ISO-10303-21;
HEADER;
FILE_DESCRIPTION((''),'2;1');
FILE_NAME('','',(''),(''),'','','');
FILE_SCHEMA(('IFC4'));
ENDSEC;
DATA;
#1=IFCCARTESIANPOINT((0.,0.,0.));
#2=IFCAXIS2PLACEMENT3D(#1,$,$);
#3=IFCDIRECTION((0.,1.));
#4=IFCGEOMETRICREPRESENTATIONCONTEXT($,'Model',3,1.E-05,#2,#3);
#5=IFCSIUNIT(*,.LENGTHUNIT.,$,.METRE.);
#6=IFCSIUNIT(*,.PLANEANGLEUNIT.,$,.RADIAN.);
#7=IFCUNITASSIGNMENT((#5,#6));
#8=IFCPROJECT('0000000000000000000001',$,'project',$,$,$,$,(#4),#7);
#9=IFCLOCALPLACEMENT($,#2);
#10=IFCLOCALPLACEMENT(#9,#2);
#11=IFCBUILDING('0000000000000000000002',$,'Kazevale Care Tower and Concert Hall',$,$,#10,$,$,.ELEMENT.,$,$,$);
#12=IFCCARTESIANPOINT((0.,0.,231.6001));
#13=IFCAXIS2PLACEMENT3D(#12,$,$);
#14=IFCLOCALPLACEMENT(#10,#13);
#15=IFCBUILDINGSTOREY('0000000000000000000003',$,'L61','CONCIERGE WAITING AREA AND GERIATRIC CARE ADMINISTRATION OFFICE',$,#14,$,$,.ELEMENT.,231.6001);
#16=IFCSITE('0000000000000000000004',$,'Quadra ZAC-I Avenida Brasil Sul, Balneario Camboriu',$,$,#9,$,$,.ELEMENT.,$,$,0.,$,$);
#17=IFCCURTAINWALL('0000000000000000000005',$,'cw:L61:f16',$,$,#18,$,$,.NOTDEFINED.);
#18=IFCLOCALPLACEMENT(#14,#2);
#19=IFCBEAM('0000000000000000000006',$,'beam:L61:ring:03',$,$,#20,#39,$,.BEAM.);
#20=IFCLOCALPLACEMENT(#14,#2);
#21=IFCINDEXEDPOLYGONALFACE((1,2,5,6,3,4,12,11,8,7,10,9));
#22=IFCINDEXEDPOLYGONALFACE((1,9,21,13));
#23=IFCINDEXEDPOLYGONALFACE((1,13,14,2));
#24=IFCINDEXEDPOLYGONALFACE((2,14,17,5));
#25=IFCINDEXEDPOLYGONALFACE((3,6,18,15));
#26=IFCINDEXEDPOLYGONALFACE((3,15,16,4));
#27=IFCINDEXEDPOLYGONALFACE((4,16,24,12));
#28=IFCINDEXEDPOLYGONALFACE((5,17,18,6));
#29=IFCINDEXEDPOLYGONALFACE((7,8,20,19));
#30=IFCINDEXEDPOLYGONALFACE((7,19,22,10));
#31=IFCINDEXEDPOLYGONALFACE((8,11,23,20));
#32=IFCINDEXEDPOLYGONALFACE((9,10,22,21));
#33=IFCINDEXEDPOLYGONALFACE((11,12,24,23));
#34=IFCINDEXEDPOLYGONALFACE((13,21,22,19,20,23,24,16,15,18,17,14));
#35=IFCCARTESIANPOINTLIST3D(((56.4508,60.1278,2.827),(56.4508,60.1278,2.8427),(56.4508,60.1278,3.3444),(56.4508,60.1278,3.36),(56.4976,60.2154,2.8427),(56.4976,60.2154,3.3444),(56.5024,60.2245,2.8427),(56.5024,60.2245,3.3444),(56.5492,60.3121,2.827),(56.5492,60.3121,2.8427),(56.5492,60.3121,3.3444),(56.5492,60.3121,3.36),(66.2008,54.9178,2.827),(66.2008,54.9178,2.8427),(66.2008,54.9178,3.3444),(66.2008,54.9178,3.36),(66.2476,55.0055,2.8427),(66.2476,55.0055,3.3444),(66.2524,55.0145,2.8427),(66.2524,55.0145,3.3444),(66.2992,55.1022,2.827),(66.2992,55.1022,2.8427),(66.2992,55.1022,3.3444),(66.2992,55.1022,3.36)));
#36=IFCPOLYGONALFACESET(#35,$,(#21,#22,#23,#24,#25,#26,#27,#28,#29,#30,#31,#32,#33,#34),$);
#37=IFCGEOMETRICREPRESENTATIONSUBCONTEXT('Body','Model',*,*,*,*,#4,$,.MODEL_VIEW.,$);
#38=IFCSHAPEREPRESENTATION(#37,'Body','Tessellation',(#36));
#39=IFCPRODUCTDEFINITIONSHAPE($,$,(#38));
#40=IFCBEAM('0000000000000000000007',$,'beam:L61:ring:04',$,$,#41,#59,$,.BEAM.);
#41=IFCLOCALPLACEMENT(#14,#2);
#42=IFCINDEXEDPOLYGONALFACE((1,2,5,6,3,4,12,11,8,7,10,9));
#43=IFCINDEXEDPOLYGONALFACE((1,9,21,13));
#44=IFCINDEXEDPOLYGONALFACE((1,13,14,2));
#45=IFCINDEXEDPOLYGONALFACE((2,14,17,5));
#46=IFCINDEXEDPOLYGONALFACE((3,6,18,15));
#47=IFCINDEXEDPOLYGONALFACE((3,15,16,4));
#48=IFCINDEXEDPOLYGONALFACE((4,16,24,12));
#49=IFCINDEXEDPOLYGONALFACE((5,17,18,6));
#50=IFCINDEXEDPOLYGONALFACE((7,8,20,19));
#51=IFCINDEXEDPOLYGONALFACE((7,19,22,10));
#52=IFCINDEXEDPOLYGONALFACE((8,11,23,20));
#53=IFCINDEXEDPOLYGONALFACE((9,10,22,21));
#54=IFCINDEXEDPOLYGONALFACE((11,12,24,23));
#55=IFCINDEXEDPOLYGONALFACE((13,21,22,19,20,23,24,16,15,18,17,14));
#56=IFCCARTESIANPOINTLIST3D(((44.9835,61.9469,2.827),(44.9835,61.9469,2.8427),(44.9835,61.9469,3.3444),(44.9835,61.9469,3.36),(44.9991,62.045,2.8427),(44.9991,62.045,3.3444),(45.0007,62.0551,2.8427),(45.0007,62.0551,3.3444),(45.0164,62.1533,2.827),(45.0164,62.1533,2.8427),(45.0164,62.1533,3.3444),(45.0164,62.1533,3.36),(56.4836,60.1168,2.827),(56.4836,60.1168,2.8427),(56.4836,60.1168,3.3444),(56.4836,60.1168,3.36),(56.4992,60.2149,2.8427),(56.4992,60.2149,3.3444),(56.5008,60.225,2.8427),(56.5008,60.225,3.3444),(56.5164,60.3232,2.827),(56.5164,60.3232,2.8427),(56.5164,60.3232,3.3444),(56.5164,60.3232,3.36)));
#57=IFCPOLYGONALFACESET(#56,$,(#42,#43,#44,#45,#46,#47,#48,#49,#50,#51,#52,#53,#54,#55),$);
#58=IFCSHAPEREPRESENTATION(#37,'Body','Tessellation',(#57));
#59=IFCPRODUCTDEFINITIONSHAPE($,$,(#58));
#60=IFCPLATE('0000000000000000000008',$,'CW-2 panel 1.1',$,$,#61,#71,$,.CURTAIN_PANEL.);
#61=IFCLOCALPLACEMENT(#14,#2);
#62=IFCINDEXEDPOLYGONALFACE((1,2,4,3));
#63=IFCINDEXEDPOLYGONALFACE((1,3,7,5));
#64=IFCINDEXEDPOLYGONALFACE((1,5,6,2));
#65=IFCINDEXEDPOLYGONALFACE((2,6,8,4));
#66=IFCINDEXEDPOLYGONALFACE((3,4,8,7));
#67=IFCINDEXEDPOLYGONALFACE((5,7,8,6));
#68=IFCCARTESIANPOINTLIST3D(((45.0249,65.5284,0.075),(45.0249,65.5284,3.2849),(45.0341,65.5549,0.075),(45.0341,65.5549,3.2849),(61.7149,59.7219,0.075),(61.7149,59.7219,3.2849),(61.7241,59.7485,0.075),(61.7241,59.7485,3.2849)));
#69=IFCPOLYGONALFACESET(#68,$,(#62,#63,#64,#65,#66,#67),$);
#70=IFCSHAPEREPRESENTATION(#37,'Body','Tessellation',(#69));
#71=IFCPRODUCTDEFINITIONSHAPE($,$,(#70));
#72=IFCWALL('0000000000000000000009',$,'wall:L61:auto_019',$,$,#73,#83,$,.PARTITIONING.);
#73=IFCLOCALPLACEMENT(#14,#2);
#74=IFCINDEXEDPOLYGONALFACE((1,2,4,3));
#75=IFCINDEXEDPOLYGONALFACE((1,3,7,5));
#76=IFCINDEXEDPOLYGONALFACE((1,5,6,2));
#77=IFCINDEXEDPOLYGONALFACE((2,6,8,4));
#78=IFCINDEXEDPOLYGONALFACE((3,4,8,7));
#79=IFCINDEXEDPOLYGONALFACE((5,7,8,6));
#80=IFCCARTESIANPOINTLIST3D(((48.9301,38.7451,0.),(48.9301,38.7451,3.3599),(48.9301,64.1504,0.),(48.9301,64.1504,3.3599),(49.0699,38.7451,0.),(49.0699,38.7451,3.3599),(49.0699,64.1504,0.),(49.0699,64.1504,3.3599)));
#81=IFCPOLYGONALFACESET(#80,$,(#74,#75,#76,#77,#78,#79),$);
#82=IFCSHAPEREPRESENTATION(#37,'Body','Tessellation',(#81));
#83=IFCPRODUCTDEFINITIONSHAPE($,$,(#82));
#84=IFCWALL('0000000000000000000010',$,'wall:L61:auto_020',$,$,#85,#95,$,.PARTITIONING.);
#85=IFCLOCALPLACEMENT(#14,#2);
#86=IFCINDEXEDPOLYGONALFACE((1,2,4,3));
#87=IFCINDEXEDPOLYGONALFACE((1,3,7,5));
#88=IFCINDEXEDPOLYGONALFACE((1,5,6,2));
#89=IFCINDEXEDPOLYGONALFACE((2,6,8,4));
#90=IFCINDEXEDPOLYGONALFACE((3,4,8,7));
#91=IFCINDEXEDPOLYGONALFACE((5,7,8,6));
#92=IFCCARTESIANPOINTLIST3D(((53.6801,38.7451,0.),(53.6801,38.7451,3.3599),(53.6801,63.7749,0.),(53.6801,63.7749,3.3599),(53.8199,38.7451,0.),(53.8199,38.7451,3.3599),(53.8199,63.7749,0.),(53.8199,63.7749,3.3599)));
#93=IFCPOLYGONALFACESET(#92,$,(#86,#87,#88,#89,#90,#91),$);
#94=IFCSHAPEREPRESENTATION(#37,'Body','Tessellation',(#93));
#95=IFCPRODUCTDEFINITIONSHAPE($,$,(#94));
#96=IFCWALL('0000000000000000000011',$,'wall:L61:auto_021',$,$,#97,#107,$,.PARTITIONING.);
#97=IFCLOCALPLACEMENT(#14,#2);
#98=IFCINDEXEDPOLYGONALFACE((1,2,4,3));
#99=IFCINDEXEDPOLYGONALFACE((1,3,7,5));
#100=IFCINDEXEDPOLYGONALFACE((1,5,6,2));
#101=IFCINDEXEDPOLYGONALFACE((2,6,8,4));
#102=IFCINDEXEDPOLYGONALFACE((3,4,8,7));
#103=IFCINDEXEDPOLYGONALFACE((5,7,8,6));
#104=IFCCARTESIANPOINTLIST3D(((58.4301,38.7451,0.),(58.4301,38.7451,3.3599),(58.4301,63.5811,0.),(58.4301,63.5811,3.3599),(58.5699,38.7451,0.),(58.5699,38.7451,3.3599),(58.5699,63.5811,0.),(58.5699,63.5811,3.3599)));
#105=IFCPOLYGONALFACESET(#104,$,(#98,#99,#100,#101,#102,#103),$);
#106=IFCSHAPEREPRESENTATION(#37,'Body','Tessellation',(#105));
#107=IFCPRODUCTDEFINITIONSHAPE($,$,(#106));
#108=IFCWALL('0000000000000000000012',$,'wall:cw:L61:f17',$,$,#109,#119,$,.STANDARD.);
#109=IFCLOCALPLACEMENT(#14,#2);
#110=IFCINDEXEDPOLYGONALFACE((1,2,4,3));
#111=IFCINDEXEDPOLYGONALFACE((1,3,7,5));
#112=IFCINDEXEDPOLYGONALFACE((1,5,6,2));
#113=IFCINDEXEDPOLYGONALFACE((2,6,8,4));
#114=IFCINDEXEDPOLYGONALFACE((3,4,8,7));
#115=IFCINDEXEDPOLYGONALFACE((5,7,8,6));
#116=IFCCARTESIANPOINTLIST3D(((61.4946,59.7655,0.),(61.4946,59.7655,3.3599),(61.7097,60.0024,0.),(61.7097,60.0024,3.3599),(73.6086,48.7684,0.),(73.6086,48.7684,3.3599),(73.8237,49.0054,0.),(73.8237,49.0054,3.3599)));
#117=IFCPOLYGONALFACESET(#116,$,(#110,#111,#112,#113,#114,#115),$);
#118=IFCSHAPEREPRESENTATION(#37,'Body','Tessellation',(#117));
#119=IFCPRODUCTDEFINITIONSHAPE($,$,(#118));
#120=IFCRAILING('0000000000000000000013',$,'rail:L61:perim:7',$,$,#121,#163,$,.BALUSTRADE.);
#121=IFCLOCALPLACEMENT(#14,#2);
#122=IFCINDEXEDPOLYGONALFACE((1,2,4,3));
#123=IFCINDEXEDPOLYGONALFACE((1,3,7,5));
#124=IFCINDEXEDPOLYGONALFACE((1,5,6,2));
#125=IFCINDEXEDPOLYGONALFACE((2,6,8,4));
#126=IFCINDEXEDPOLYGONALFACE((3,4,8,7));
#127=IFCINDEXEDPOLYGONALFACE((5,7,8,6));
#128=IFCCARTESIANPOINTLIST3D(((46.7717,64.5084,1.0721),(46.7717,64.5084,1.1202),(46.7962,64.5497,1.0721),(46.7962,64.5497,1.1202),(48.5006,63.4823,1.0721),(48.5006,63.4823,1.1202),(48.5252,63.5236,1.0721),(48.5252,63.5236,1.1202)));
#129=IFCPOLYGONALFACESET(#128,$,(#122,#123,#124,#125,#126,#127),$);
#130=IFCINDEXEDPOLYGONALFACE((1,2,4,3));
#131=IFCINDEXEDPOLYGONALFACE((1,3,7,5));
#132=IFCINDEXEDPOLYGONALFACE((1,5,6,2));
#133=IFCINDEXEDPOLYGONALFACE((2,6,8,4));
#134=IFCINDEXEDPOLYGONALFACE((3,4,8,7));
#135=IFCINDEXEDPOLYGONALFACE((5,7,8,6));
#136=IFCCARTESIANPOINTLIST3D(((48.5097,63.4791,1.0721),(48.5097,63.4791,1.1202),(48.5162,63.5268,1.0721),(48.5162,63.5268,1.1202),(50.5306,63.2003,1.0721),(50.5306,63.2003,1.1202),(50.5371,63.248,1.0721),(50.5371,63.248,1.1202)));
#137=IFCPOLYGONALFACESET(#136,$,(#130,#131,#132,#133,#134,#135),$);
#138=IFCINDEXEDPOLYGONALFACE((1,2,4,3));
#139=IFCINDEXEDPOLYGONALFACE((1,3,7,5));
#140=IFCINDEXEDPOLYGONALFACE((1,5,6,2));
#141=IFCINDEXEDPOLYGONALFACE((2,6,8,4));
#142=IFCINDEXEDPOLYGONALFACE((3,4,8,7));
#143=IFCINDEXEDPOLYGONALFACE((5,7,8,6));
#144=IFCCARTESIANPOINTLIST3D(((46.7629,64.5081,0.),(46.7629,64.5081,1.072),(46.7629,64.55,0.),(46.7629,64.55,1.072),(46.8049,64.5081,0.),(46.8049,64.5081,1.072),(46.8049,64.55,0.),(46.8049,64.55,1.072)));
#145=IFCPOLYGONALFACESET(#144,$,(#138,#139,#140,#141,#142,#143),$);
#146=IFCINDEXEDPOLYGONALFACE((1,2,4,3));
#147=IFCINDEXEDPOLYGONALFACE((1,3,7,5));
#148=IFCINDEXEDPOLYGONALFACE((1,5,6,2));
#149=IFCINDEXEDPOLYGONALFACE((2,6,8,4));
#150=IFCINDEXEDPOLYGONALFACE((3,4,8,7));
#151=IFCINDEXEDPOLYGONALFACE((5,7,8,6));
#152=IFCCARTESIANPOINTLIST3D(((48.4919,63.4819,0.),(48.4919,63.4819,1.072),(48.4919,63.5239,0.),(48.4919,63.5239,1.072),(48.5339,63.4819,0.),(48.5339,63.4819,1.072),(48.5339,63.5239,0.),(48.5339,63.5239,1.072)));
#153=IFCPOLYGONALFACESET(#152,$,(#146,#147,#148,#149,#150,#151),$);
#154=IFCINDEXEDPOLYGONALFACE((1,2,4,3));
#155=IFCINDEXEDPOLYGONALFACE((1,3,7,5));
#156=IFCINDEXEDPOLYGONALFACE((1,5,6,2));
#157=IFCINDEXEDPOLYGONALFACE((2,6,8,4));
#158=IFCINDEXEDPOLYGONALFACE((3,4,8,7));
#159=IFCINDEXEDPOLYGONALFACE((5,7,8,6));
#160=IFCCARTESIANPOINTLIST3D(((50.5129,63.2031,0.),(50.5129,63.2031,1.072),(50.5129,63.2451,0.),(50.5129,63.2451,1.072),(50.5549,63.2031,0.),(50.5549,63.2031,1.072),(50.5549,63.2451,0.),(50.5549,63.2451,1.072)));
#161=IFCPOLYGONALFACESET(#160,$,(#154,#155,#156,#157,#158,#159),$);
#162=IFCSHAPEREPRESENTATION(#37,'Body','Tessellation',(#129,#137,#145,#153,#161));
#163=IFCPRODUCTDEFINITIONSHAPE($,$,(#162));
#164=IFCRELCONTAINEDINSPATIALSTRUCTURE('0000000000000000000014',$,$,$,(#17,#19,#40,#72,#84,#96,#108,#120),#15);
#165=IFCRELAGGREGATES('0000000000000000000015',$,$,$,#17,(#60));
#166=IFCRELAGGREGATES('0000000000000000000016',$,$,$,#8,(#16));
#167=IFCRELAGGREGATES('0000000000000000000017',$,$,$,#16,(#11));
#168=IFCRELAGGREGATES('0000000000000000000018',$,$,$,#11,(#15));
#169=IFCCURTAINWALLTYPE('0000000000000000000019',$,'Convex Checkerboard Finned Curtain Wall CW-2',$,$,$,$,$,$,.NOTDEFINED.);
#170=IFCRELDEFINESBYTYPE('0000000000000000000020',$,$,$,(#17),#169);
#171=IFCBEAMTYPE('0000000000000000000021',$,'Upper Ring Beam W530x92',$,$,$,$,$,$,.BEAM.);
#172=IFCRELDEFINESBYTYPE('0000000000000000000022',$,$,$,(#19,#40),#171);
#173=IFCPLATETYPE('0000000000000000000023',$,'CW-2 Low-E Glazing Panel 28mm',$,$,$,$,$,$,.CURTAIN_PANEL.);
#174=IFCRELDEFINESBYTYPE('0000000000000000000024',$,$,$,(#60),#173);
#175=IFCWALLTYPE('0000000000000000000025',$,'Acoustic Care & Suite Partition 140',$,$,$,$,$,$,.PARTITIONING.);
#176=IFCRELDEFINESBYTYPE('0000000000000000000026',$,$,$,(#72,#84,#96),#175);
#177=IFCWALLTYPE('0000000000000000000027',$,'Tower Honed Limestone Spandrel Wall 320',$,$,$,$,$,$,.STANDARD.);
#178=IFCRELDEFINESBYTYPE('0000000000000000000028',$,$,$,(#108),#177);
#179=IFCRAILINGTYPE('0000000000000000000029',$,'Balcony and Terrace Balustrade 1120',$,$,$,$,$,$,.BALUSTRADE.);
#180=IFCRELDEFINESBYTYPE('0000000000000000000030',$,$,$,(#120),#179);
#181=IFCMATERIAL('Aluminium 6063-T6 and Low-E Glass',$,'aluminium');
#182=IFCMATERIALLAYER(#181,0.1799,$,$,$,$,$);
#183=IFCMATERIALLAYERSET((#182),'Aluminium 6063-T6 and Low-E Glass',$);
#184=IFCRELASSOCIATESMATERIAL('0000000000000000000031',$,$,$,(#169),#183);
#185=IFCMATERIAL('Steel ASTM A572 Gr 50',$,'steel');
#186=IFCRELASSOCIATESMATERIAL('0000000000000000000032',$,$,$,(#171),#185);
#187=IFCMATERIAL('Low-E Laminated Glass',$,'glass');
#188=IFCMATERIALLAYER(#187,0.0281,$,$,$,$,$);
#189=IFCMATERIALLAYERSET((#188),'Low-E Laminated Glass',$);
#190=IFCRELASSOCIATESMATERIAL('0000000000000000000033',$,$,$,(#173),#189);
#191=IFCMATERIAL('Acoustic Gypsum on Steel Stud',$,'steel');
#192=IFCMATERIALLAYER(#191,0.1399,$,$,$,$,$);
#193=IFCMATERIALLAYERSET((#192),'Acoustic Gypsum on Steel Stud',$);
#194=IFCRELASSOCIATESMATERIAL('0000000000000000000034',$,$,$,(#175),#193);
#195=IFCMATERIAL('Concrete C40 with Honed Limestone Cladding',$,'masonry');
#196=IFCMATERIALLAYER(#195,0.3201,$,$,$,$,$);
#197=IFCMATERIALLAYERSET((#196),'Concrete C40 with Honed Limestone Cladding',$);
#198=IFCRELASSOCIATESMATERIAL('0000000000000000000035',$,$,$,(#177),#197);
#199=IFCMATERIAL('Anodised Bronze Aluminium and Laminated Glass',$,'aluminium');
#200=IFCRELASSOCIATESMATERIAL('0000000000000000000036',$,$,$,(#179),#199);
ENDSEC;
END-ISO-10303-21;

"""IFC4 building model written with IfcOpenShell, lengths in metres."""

from ifc_helpers import new_model, si_unit, direction, frame, frame_2d, origin, origin_2d, place, context, subcontext, project, spatial, rectangle, i_section, extrude, material, layer, layer_set, material_profile, profile_set, type_object, element, aggregate, save


model = new_model("IFC4")

# Units and contexts
model_context = context("Model", 3, precision=1e-05, world=origin(), true_north=direction((0.0, 1.0)))
body_context = subcontext(model_context, "Body", "Model", "MODEL_VIEW")
ifc_project = project(units=[si_unit("LENGTHUNIT", "METRE"), si_unit("PLANEANGLEUNIT", "RADIAN")], contexts=[model_context])

# Site, building, storey
site_placement = place(None, origin())
site = spatial("IfcSite", under=ifc_project, at=site_placement, Name="Quadra ZAC-I Avenida Brasil Sul, Balneario Camboriu", CompositionType="ELEMENT", RefElevation=0.0)
building_placement = place(site_placement, origin())
building = spatial("IfcBuilding", under=site, at=building_placement, Name="Kazevale Care Tower and Concert Hall", CompositionType="ELEMENT")
storey_placement = place(building_placement, frame((0.0, 0.0, 231.6001)))
storey = spatial("IfcBuildingStorey", under=building, at=storey_placement, Name="L61", Description="CONCIERGE WAITING AREA AND GERIATRIC CARE ADMINISTRATION OFFICE", CompositionType="ELEMENT", Elevation=231.6001)

# Curtain wall
ifc_material_1 = material(Name="Aluminium 6063-T6 and Low-E Glass", Category="aluminium")
ifc_layer_1 = layer(ifc_material_1, 0.1799)
ifc_layer_set_1 = layer_set([ifc_layer_1], Name="Aluminium 6063-T6 and Low-E Glass")
curtain_wall_type_1 = type_object("IfcCurtainWallType", Name="Convex Checkerboard Finned Curtain Wall CW-2", PredefinedType="NOTDEFINED", material=ifc_layer_set_1)
curtain_wall_1_placement = place(storey_placement, origin())
curtain_wall_1 = element("IfcCurtainWall", 1, at=curtain_wall_1_placement, inside=storey, type_object=curtain_wall_type_1, Name="cw:L61:f16", PredefinedType="NOTDEFINED")

# Beams
ifc_material_2 = material(Name="Steel ASTM A572 Gr 50", Category="steel")
ifc_material_profile_1 = material_profile(ifc_material_2, i_section(OverallWidth=0.209, OverallDepth=0.533, WebThickness=0.0103, FlangeThickness=0.0156, at=origin_2d()), Name="W530x92")
ifc_profile_set_1 = profile_set([ifc_material_profile_1], Name="Steel ASTM A572 Gr 50")
beam_type_1 = type_object("IfcBeamType", Name="Upper Ring Beam W530x92", PredefinedType="BEAM", material=ifc_profile_set_1)
beam_1_placement = place(storey_placement, frame((66.25, 55.01, 3.0935), z_axis=(-0.881979, 0.47129, 0.0), x_axis=(-0.47129, -0.881979, 0.0)))
element("IfcBeam", 2, at=beam_1_placement, inside=storey, type_object=beam_type_1, Name="beam:L61:ring:03", PredefinedType="BEAM", context=body_context, shape_type="SweptSolid", body=[
    extrude(i_section(OverallWidth=0.209, OverallDepth=0.533, WebThickness=0.0103, FlangeThickness=0.0156, at=origin_2d()), origin(), (0.0, 0.0, 1.0), 11.0547),
])
beam_2_placement = place(storey_placement, frame((56.5, 60.22, 3.0935), z_axis=(-0.987573, 0.15716, 0.0), x_axis=(-0.15716, -0.987573, 0.0)))
element("IfcBeam", 3, at=beam_2_placement, inside=storey, type_object=beam_type_1, Name="beam:L61:ring:04", PredefinedType="BEAM", context=body_context, shape_type="SweptSolid", body=[
    extrude(i_section(OverallWidth=0.209, OverallDepth=0.533, WebThickness=0.0103, FlangeThickness=0.0156, at=origin_2d()), origin(), (0.0, 0.0, 1.0), 11.6448),
])

# Plate
ifc_material_3 = material(Name="Low-E Laminated Glass", Category="glass")
ifc_layer_2 = layer(ifc_material_3, 0.0281)
ifc_layer_set_2 = layer_set([ifc_layer_2], Name="Low-E Laminated Glass")
plate_type = type_object("IfcPlateType", Name="CW-2 Low-E Glazing Panel 28mm", PredefinedType="CURTAIN_PANEL", material=ifc_layer_set_2)
plate_placement = place(storey_placement, frame((53.3745, 62.6384, 0.075), z_axis=(0.0, 0.0, 1.0), x_axis=(0.944475, -0.328584, 0.0)))
plate = element("IfcPlate", 4, at=plate_placement, type_object=plate_type, Name="CW-2 panel 1.1", PredefinedType="CURTAIN_PANEL", context=body_context, shape_type="SweptSolid", body=[
    extrude(rectangle(XDim=17.6711, YDim=0.0281, at=origin_2d()), origin(), (0.0, 0.0, 1.0), 3.21),
])
aggregate(curtain_wall_1, [plate])

# Walls
ifc_material_4 = material(Name="Acoustic Gypsum on Steel Stud", Category="steel")
ifc_layer_3 = layer(ifc_material_4, 0.1399)
ifc_layer_set_3 = layer_set([ifc_layer_3], Name="Acoustic Gypsum on Steel Stud")
wall_type_1 = type_object("IfcWallType", Name="Acoustic Care & Suite Partition 140", PredefinedType="PARTITIONING", material=ifc_layer_set_3)
wall_1_placement = place(storey_placement, frame((49.0, 64.1504, 0.0), z_axis=(0.0, 0.0, 1.0), x_axis=(0.0, -1.0, 0.0)))
element("IfcWall", 5, at=wall_1_placement, inside=storey, type_object=wall_type_1, Name="wall:L61:auto_019", PredefinedType="PARTITIONING", context=body_context, shape_type="SweptSolid", body=[
    extrude(rectangle(XDim=25.4053, YDim=0.1399, at=frame_2d((12.7026, 0.0))), origin(), (0.0, 0.0, 1.0), 3.3599),
])
wall_2_placement = place(storey_placement, frame((53.75, 63.7749, 0.0), z_axis=(0.0, 0.0, 1.0), x_axis=(0.0, -1.0, 0.0)))
element("IfcWall", 6, at=wall_2_placement, inside=storey, type_object=wall_type_1, Name="wall:L61:auto_020", PredefinedType="PARTITIONING", context=body_context, shape_type="SweptSolid", body=[
    extrude(rectangle(XDim=25.0298, YDim=0.1399, at=frame_2d((12.5149, 0.0))), origin(), (0.0, 0.0, 1.0), 3.3599),
])
wall_3_placement = place(storey_placement, frame((58.5, 63.5811, 0.0), z_axis=(0.0, 0.0, 1.0), x_axis=(0.0, -1.0, 0.0)))
element("IfcWall", 7, at=wall_3_placement, inside=storey, type_object=wall_type_1, Name="wall:L61:auto_021", PredefinedType="PARTITIONING", context=body_context, shape_type="SweptSolid", body=[
    extrude(rectangle(XDim=24.8359, YDim=0.1399, at=frame_2d((12.418, 0.0))), origin(), (0.0, 0.0, 1.0), 3.3599),
])
ifc_material_5 = material(Name="Concrete C40 with Honed Limestone Cladding", Category="masonry")
ifc_layer_4 = layer(ifc_material_5, 0.3201)
ifc_layer_set_4 = layer_set([ifc_layer_4], Name="Concrete C40 with Honed Limestone Cladding")
wall_type_2 = type_object("IfcWallType", Name="Tower Honed Limestone Spandrel Wall 320", PredefinedType="STANDARD", material=ifc_layer_set_4)
wall_4_placement = place(storey_placement, frame((61.6021, 59.884, 0.0), z_axis=(0.0, 0.0, 1.0), x_axis=(0.740417, -0.672148, 0.0)))
element("IfcWall", 8, at=wall_4_placement, inside=storey, type_object=wall_type_2, Name="wall:cw:L61:f17", PredefinedType="STANDARD", context=body_context, shape_type="SweptSolid", body=[
    extrude(rectangle(XDim=16.3611, YDim=0.3201, at=frame_2d((8.1807, 0.0))), origin(), (0.0, 0.0, 1.0), 3.3599),
])

# Railing
ifc_material_6 = material(Name="Anodised Bronze Aluminium and Laminated Glass", Category="aluminium")
railing_type = type_object("IfcRailingType", Name="Balcony and Terrace Balustrade 1120", PredefinedType="BALUSTRADE", material=ifc_material_6)
railing_1_placement = place(storey_placement, frame((46.7839, 64.5291, 0.0)))
element("IfcRailing", 9, at=railing_1_placement, inside=storey, type_object=railing_type, Name="rail:L61:perim:7", PredefinedType="BALUSTRADE", context=body_context, shape_type="SweptSolid", body=[
    extrude(rectangle(XDim=0.0481, YDim=0.0481, at=origin_2d()), frame((0.0, 0.0, 1.0962), z_axis=(0.859958, -0.510365, 0.0), x_axis=(0.510365, 0.859958, 0.0)), (0.0, 0.0, 1.0), 2.0105),
    extrude(rectangle(XDim=0.0481, YDim=0.0481, at=origin_2d()), frame((1.729, -1.0261, 1.0962), z_axis=(0.990618, -0.136662, 0.0), x_axis=(0.136662, 0.990618, 0.0)), (0.0, 0.0, 1.0), 2.04),
    extrude(rectangle(XDim=0.042, YDim=0.042, at=origin_2d()), origin(), (0.0, 0.0, 1.0), 1.072),
    extrude(rectangle(XDim=0.042, YDim=0.042, at=origin_2d()), frame((1.729, -1.0261, 0.0)), (0.0, 0.0, 1.0), 1.072),
    extrude(rectangle(XDim=0.042, YDim=0.042, at=origin_2d()), frame((3.75, -1.3049, 0.0)), (0.0, 0.0, 1.0), 1.072),
])

save(model, "model.ifc")
